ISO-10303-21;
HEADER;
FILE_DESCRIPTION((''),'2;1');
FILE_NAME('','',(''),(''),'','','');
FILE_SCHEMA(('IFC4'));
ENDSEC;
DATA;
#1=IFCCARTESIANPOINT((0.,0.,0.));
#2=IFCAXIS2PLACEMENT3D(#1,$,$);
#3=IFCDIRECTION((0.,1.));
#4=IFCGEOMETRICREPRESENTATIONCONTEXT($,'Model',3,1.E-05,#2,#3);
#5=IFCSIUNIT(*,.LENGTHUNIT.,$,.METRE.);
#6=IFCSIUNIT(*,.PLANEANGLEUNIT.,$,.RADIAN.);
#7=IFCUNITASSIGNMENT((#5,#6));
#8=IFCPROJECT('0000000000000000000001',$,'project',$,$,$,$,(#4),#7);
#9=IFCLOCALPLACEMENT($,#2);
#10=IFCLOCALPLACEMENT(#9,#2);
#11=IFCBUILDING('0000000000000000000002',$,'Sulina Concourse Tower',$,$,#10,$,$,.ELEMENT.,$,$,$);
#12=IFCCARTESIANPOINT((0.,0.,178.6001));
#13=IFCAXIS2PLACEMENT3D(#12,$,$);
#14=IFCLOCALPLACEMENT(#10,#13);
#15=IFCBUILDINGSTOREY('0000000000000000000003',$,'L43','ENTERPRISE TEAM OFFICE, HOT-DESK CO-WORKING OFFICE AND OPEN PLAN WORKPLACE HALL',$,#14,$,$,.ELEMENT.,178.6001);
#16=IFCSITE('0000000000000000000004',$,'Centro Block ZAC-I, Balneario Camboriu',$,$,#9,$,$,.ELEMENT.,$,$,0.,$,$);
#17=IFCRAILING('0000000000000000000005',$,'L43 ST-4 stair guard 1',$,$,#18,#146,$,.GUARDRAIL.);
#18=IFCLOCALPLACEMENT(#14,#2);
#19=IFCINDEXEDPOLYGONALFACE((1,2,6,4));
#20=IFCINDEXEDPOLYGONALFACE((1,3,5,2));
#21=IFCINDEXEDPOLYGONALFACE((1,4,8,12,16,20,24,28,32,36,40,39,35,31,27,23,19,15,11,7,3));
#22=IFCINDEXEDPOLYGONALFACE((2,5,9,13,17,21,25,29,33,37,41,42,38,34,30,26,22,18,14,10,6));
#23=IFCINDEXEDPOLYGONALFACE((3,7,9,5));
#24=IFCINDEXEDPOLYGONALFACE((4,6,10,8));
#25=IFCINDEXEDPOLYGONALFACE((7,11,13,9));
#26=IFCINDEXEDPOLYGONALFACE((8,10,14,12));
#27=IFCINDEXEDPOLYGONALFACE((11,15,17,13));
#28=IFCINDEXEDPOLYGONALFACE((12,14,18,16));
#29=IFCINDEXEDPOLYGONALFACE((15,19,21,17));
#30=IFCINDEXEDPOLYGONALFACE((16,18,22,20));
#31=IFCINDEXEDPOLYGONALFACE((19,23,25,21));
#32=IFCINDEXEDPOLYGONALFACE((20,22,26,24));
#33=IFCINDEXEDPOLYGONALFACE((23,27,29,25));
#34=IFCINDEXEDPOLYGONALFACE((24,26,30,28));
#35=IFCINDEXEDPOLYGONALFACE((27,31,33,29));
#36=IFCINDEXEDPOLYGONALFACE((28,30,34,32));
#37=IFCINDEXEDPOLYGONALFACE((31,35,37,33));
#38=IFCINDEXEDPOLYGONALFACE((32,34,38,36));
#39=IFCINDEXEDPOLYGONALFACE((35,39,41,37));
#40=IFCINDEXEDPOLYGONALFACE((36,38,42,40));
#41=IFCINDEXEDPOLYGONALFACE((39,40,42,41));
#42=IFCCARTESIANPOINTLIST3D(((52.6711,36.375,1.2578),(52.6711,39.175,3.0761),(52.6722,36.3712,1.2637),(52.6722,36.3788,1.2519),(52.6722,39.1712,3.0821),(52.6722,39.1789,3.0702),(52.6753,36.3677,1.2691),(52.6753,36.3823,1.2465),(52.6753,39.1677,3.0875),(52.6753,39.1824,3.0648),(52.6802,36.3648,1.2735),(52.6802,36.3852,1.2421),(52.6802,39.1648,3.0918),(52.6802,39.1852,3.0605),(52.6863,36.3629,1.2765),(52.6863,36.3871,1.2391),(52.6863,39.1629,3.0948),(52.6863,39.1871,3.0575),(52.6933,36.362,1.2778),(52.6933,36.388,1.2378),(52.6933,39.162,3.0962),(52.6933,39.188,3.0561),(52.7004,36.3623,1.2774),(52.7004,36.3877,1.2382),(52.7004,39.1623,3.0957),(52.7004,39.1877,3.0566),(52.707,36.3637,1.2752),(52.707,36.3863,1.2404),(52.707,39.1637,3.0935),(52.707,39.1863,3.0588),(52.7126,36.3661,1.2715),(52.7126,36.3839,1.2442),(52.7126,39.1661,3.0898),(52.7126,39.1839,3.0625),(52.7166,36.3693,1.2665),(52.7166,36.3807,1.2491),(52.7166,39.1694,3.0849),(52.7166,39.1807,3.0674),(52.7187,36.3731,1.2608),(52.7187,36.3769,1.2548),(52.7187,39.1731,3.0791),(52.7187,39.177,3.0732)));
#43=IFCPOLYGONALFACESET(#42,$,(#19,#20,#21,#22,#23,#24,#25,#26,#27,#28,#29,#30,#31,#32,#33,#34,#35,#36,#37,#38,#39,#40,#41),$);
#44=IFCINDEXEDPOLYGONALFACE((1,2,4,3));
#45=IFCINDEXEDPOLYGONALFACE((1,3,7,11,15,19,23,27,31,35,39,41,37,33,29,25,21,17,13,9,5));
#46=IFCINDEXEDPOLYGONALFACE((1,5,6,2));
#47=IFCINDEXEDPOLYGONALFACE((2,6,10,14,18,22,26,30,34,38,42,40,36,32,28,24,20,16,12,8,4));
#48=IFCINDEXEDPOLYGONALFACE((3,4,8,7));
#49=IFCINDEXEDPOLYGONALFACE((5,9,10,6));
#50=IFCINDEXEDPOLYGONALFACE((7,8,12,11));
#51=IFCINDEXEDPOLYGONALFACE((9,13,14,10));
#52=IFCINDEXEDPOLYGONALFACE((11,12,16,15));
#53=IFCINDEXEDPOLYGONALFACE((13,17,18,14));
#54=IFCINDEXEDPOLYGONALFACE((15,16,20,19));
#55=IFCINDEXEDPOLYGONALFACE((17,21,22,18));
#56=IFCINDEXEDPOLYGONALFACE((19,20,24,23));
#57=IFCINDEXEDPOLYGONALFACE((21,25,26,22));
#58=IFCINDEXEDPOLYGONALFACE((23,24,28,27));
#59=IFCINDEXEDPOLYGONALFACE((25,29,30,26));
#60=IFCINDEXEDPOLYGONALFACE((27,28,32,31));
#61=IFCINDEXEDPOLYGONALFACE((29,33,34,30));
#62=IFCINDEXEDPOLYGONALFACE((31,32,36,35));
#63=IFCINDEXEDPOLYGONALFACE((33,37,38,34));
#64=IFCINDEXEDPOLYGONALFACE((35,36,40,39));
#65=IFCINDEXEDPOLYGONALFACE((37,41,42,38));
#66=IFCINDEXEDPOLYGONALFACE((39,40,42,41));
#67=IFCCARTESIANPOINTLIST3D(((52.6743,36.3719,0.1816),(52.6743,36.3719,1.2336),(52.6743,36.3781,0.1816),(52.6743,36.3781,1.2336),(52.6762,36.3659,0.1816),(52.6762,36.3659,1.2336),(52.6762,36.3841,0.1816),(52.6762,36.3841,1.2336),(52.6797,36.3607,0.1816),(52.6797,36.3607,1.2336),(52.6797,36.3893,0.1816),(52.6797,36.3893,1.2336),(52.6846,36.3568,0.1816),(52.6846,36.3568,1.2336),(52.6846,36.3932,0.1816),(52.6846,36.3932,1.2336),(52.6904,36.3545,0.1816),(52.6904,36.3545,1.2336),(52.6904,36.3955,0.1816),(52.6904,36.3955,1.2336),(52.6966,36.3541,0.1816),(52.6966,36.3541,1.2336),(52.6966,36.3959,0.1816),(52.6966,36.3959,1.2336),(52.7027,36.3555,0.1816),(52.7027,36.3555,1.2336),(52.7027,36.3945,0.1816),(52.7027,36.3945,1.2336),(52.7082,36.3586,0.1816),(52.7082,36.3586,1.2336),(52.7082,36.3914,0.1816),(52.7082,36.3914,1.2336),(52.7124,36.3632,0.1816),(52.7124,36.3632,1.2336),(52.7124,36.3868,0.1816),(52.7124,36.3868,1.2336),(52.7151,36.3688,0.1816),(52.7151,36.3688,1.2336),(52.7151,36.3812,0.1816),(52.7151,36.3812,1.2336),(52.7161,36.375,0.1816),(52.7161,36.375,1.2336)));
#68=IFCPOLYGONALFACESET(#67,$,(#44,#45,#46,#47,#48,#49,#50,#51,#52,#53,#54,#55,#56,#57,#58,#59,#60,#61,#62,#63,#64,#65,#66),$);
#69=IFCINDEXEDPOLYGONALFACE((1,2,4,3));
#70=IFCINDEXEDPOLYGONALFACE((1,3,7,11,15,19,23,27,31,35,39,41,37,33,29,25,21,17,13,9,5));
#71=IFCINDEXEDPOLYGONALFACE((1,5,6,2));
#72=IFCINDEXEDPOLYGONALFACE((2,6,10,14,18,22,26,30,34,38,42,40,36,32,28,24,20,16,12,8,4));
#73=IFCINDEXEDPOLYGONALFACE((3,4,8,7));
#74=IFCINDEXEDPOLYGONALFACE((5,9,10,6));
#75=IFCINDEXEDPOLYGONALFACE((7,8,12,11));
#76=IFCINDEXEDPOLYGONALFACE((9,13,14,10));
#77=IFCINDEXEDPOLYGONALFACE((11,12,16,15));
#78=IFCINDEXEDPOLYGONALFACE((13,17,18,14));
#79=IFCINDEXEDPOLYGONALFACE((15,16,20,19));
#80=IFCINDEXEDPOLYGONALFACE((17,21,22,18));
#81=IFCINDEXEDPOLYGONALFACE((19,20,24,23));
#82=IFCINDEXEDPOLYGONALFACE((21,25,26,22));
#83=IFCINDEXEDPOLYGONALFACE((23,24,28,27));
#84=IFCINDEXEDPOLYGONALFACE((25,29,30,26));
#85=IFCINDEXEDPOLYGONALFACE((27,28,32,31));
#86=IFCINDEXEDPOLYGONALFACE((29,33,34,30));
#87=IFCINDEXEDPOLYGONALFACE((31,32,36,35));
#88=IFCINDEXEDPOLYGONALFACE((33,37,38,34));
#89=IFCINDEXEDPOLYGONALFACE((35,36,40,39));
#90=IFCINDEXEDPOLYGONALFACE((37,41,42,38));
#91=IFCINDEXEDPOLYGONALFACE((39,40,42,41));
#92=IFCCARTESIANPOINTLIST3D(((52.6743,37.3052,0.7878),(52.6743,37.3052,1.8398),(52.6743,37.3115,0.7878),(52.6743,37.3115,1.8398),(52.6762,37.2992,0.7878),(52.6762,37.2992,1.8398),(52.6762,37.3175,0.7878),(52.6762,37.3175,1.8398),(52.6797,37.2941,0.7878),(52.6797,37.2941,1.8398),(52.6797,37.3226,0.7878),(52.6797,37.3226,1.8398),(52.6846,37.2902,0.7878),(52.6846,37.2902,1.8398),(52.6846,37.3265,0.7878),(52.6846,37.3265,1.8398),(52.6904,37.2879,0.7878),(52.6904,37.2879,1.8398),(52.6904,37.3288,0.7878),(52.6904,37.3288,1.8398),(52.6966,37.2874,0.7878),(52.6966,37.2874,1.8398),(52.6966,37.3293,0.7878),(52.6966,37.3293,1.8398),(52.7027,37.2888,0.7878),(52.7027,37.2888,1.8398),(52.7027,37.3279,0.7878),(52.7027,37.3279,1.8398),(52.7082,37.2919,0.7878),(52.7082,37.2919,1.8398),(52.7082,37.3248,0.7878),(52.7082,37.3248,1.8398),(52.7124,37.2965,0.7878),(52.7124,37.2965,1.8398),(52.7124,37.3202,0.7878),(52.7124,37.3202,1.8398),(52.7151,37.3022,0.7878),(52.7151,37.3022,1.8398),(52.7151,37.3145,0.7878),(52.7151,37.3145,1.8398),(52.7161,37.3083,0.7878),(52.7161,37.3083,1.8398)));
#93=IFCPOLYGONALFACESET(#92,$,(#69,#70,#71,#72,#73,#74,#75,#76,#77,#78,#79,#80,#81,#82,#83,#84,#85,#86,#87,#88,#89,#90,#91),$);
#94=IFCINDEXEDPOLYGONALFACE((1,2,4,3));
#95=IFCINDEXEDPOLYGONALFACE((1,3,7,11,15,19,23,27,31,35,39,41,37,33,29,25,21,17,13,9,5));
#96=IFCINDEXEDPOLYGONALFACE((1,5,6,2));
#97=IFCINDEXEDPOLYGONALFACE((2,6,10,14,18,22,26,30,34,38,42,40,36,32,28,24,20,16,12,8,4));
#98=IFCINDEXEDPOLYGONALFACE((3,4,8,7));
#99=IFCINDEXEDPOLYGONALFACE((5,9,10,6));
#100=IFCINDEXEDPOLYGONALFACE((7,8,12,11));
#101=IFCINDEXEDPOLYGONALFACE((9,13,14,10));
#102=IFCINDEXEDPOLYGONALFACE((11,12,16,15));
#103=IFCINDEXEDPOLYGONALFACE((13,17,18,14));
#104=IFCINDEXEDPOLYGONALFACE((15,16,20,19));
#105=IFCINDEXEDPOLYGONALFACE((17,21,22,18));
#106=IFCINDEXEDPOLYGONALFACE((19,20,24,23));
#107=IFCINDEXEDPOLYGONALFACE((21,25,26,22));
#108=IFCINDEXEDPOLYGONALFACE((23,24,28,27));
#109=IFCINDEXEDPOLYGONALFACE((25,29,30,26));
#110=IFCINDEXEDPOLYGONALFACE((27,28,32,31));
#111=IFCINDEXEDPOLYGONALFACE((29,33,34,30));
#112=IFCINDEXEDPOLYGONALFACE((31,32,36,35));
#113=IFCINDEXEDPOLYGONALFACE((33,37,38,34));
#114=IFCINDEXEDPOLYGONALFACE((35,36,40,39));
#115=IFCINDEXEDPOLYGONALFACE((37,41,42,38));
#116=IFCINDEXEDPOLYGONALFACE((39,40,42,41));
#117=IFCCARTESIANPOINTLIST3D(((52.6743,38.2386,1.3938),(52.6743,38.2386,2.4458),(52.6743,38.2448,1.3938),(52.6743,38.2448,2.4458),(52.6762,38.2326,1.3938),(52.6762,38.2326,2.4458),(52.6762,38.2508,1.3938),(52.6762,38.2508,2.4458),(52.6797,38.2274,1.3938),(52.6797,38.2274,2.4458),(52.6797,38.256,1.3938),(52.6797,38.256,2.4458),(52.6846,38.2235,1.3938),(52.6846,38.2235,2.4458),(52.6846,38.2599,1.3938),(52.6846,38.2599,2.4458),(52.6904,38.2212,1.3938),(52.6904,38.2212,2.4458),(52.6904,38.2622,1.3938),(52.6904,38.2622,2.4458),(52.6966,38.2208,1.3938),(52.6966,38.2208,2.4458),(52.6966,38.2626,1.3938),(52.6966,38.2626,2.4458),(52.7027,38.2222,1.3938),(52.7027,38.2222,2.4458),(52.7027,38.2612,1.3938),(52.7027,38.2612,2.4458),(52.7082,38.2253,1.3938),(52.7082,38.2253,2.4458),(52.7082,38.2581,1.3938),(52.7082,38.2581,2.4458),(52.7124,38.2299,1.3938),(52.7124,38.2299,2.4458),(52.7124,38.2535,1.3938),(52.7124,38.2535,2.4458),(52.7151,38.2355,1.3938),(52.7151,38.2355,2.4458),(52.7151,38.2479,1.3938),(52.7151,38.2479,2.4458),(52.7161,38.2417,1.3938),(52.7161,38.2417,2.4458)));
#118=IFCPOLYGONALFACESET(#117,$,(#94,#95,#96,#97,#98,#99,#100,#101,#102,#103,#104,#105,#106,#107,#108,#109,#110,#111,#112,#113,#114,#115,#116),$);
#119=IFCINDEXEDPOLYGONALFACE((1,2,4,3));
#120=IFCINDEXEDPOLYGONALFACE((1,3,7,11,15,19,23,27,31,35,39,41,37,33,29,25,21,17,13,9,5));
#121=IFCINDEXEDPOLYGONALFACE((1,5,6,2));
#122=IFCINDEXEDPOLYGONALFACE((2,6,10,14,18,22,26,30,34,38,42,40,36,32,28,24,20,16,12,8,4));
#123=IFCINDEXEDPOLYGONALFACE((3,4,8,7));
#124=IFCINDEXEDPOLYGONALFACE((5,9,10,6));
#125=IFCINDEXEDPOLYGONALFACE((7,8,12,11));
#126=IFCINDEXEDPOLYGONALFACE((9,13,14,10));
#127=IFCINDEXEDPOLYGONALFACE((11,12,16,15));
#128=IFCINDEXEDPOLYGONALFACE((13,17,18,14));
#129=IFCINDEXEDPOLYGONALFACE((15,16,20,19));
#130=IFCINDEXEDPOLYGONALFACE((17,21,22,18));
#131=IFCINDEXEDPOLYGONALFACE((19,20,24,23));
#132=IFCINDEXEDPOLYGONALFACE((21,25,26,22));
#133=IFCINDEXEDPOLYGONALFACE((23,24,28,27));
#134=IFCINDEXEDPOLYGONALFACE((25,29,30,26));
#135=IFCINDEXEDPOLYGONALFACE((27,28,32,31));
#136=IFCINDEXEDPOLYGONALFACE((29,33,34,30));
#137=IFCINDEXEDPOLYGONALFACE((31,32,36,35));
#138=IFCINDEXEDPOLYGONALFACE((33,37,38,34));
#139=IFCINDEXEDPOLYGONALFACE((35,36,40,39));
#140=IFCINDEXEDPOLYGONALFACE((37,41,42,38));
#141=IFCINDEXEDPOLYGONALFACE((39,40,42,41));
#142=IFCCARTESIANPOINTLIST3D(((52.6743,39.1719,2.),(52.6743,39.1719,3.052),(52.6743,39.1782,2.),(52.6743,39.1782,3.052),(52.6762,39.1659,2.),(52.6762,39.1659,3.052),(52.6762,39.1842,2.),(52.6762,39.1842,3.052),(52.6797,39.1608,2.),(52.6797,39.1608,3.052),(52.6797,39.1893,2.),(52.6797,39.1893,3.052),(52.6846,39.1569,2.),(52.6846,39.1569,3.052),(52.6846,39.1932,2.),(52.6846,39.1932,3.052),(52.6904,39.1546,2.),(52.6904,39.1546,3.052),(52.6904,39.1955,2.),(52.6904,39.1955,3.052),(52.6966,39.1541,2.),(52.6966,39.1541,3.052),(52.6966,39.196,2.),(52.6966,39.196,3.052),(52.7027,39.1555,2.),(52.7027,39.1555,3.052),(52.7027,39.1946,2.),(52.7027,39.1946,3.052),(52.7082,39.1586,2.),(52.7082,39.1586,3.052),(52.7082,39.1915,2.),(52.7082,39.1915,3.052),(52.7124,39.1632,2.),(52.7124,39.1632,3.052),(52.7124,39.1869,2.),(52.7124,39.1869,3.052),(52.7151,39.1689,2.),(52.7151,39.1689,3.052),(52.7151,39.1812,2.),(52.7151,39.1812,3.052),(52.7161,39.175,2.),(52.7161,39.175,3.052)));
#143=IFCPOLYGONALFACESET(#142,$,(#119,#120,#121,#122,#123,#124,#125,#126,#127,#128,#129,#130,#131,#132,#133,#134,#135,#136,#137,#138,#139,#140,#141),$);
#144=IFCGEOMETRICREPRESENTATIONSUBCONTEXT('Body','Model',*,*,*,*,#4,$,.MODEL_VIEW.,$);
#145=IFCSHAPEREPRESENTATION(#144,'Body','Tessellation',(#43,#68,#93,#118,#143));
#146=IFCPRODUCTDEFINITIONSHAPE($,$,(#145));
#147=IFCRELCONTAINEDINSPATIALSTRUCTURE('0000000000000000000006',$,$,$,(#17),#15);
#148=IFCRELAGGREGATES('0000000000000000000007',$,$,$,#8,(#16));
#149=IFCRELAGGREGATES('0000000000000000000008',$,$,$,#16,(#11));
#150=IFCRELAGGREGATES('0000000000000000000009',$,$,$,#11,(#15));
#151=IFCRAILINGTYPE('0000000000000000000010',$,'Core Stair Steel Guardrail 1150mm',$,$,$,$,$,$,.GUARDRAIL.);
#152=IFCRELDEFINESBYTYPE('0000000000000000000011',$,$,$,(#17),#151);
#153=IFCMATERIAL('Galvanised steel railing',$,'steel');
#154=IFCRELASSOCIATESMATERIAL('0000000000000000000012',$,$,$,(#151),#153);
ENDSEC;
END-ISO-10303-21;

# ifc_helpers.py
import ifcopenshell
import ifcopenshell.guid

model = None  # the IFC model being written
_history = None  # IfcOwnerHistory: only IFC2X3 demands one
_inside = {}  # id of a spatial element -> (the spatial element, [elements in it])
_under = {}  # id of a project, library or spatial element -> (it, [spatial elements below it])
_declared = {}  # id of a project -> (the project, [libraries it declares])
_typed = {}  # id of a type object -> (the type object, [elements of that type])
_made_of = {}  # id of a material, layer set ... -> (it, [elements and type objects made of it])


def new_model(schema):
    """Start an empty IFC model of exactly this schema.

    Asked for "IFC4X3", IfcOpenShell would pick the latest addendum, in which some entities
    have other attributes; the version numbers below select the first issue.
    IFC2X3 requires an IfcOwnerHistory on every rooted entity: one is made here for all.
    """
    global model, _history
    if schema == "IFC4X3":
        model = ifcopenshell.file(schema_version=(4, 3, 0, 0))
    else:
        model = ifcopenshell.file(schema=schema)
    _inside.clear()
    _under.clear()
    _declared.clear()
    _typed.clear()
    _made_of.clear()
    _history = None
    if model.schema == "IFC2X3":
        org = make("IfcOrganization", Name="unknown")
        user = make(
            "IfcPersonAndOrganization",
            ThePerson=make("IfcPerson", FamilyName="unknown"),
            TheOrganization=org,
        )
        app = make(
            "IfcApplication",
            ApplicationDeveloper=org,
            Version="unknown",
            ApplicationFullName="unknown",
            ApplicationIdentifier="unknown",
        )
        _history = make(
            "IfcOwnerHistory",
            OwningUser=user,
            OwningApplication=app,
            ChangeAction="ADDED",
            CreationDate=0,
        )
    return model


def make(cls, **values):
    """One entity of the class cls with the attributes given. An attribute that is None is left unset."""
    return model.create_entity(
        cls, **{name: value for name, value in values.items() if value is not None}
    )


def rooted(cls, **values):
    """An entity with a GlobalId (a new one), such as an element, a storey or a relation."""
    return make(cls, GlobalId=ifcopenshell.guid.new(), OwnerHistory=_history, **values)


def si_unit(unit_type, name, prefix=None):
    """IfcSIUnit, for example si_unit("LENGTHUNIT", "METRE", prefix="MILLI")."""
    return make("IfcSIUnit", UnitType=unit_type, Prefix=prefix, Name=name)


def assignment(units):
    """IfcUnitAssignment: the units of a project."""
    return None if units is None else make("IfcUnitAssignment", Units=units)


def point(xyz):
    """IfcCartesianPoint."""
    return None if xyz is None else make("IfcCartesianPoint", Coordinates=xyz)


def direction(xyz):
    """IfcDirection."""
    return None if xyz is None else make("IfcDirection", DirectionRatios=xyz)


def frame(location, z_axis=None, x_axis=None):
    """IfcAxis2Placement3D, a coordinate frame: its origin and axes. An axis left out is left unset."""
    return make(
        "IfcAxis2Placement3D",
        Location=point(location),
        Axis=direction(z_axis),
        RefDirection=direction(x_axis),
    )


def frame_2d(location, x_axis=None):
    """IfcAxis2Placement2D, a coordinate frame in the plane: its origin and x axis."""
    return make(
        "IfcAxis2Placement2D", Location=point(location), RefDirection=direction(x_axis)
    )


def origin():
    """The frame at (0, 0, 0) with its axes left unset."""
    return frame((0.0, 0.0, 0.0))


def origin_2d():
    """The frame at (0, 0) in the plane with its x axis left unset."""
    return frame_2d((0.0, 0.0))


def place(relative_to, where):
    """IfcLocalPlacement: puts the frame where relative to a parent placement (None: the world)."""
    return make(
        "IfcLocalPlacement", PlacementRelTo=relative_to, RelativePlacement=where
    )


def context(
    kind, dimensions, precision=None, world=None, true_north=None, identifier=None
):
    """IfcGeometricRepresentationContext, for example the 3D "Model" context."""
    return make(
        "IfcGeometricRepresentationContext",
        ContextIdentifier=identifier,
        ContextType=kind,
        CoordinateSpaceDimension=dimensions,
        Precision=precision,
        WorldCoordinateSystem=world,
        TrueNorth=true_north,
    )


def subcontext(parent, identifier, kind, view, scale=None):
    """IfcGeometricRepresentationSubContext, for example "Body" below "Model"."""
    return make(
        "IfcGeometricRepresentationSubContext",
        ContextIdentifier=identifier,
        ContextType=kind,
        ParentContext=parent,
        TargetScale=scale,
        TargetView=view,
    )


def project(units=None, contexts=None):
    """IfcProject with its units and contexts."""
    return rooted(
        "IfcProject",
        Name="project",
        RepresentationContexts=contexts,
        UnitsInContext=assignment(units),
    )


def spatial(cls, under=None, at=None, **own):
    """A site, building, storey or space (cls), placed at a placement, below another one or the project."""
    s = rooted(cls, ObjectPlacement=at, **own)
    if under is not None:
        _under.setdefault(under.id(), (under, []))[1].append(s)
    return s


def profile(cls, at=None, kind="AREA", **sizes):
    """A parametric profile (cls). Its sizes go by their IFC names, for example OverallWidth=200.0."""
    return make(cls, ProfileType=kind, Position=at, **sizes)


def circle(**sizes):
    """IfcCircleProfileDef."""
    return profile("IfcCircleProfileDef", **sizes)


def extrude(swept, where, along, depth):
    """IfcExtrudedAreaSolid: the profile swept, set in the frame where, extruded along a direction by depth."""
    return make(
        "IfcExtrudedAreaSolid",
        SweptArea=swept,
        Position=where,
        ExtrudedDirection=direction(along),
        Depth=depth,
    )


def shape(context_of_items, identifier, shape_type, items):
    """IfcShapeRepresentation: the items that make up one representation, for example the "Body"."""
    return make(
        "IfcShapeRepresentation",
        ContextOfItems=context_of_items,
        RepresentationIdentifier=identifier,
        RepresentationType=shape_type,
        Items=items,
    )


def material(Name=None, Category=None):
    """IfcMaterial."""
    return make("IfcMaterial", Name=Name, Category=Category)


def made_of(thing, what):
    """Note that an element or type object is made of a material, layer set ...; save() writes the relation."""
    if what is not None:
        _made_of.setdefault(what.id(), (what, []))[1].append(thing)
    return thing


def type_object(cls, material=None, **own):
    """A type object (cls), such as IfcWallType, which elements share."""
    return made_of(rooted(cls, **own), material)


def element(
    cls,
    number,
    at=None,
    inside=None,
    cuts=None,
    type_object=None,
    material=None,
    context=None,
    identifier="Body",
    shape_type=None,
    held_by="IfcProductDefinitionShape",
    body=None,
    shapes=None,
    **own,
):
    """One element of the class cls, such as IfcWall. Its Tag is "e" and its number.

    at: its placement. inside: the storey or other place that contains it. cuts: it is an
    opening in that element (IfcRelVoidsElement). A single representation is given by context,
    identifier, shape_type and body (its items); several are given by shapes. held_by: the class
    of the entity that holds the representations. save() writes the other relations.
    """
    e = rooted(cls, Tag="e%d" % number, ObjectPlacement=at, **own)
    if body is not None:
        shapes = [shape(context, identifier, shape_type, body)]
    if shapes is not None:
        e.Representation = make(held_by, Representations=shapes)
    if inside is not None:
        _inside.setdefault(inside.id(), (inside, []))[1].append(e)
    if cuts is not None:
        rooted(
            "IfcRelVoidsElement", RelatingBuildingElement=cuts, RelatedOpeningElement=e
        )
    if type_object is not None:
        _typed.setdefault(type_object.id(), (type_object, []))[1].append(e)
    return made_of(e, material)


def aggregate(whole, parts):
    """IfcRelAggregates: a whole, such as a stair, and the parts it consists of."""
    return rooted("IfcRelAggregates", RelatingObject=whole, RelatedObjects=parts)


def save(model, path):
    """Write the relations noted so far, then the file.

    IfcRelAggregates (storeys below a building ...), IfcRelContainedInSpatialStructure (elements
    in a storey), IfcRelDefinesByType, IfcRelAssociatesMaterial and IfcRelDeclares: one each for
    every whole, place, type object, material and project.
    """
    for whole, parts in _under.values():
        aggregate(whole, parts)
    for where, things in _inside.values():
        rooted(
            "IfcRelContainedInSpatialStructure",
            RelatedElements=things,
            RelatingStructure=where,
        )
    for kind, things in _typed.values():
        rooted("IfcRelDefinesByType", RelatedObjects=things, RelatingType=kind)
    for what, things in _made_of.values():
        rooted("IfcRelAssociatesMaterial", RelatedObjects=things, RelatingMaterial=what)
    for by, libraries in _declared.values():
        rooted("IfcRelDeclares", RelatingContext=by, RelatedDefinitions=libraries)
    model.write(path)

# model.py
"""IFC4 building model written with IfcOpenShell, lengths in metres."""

from ifc_helpers import new_model, si_unit, direction, frame, origin, origin_2d, place, context, subcontext, project, spatial, circle, extrude, material, type_object, element, save


model = new_model("IFC4")

# Units and contexts
model_context = context("Model", 3, precision=1e-05, world=origin(), true_north=direction((0.0, 1.0)))
body_context = subcontext(model_context, "Body", "Model", "MODEL_VIEW")
ifc_project = project(units=[si_unit("LENGTHUNIT", "METRE"), si_unit("PLANEANGLEUNIT", "RADIAN")], contexts=[model_context])

# Site, building, storey
site_placement = place(None, origin())
site = spatial("IfcSite", under=ifc_project, at=site_placement, Name="Centro Block ZAC-I, Balneario Camboriu", CompositionType="ELEMENT", RefElevation=0.0)
building_placement = place(site_placement, origin())
building = spatial("IfcBuilding", under=site, at=building_placement, Name="Sulina Concourse Tower", CompositionType="ELEMENT")
storey_placement = place(building_placement, frame((0.0, 0.0, 178.6001)))
storey = spatial("IfcBuildingStorey", under=building, at=storey_placement, Name="L43", Description="ENTERPRISE TEAM OFFICE, HOT-DESK CO-WORKING OFFICE AND OPEN PLAN WORKPLACE HALL", CompositionType="ELEMENT", Elevation=178.6001)

# Railing
ifc_material_1 = material(Name="Galvanised steel railing", Category="steel")
railing_type_1 = type_object("IfcRailingType", Name="Core Stair Steel Guardrail 1150mm", PredefinedType="GUARDRAIL", material=ifc_material_1)
railing_1_placement = place(storey_placement, frame((52.6951, 36.375, 0.1816)))
element("IfcRailing", 1, at=railing_1_placement, inside=storey, type_object=railing_type_1, Name="L43 ST-4 stair guard 1", PredefinedType="GUARDRAIL", context=body_context, shape_type="SweptSolid", body=[
    extrude(circle(Radius=0.0239, at=origin_2d()), frame((0.0, 0.0, 1.0762), z_axis=(0.0, 0.838672, 0.544636), x_axis=(-1.0, 0.0, 0.0)), (0.0, 0.0, 1.0), 3.3386),
    extrude(circle(Radius=0.021, at=origin_2d()), origin(), (0.0, 0.0, 1.0), 1.052),
    extrude(circle(Radius=0.021, at=origin_2d()), frame((0.0, 0.9333, 0.6062)), (0.0, 0.0, 1.0), 1.052),
    extrude(circle(Radius=0.021, at=origin_2d()), frame((0.0, 1.8667, 1.2122)), (0.0, 0.0, 1.0), 1.052),
    extrude(circle(Radius=0.021, at=origin_2d()), frame((0.0, 2.8, 1.8184)), (0.0, 0.0, 1.0), 1.052),
])

save(model, "model.ifc")
